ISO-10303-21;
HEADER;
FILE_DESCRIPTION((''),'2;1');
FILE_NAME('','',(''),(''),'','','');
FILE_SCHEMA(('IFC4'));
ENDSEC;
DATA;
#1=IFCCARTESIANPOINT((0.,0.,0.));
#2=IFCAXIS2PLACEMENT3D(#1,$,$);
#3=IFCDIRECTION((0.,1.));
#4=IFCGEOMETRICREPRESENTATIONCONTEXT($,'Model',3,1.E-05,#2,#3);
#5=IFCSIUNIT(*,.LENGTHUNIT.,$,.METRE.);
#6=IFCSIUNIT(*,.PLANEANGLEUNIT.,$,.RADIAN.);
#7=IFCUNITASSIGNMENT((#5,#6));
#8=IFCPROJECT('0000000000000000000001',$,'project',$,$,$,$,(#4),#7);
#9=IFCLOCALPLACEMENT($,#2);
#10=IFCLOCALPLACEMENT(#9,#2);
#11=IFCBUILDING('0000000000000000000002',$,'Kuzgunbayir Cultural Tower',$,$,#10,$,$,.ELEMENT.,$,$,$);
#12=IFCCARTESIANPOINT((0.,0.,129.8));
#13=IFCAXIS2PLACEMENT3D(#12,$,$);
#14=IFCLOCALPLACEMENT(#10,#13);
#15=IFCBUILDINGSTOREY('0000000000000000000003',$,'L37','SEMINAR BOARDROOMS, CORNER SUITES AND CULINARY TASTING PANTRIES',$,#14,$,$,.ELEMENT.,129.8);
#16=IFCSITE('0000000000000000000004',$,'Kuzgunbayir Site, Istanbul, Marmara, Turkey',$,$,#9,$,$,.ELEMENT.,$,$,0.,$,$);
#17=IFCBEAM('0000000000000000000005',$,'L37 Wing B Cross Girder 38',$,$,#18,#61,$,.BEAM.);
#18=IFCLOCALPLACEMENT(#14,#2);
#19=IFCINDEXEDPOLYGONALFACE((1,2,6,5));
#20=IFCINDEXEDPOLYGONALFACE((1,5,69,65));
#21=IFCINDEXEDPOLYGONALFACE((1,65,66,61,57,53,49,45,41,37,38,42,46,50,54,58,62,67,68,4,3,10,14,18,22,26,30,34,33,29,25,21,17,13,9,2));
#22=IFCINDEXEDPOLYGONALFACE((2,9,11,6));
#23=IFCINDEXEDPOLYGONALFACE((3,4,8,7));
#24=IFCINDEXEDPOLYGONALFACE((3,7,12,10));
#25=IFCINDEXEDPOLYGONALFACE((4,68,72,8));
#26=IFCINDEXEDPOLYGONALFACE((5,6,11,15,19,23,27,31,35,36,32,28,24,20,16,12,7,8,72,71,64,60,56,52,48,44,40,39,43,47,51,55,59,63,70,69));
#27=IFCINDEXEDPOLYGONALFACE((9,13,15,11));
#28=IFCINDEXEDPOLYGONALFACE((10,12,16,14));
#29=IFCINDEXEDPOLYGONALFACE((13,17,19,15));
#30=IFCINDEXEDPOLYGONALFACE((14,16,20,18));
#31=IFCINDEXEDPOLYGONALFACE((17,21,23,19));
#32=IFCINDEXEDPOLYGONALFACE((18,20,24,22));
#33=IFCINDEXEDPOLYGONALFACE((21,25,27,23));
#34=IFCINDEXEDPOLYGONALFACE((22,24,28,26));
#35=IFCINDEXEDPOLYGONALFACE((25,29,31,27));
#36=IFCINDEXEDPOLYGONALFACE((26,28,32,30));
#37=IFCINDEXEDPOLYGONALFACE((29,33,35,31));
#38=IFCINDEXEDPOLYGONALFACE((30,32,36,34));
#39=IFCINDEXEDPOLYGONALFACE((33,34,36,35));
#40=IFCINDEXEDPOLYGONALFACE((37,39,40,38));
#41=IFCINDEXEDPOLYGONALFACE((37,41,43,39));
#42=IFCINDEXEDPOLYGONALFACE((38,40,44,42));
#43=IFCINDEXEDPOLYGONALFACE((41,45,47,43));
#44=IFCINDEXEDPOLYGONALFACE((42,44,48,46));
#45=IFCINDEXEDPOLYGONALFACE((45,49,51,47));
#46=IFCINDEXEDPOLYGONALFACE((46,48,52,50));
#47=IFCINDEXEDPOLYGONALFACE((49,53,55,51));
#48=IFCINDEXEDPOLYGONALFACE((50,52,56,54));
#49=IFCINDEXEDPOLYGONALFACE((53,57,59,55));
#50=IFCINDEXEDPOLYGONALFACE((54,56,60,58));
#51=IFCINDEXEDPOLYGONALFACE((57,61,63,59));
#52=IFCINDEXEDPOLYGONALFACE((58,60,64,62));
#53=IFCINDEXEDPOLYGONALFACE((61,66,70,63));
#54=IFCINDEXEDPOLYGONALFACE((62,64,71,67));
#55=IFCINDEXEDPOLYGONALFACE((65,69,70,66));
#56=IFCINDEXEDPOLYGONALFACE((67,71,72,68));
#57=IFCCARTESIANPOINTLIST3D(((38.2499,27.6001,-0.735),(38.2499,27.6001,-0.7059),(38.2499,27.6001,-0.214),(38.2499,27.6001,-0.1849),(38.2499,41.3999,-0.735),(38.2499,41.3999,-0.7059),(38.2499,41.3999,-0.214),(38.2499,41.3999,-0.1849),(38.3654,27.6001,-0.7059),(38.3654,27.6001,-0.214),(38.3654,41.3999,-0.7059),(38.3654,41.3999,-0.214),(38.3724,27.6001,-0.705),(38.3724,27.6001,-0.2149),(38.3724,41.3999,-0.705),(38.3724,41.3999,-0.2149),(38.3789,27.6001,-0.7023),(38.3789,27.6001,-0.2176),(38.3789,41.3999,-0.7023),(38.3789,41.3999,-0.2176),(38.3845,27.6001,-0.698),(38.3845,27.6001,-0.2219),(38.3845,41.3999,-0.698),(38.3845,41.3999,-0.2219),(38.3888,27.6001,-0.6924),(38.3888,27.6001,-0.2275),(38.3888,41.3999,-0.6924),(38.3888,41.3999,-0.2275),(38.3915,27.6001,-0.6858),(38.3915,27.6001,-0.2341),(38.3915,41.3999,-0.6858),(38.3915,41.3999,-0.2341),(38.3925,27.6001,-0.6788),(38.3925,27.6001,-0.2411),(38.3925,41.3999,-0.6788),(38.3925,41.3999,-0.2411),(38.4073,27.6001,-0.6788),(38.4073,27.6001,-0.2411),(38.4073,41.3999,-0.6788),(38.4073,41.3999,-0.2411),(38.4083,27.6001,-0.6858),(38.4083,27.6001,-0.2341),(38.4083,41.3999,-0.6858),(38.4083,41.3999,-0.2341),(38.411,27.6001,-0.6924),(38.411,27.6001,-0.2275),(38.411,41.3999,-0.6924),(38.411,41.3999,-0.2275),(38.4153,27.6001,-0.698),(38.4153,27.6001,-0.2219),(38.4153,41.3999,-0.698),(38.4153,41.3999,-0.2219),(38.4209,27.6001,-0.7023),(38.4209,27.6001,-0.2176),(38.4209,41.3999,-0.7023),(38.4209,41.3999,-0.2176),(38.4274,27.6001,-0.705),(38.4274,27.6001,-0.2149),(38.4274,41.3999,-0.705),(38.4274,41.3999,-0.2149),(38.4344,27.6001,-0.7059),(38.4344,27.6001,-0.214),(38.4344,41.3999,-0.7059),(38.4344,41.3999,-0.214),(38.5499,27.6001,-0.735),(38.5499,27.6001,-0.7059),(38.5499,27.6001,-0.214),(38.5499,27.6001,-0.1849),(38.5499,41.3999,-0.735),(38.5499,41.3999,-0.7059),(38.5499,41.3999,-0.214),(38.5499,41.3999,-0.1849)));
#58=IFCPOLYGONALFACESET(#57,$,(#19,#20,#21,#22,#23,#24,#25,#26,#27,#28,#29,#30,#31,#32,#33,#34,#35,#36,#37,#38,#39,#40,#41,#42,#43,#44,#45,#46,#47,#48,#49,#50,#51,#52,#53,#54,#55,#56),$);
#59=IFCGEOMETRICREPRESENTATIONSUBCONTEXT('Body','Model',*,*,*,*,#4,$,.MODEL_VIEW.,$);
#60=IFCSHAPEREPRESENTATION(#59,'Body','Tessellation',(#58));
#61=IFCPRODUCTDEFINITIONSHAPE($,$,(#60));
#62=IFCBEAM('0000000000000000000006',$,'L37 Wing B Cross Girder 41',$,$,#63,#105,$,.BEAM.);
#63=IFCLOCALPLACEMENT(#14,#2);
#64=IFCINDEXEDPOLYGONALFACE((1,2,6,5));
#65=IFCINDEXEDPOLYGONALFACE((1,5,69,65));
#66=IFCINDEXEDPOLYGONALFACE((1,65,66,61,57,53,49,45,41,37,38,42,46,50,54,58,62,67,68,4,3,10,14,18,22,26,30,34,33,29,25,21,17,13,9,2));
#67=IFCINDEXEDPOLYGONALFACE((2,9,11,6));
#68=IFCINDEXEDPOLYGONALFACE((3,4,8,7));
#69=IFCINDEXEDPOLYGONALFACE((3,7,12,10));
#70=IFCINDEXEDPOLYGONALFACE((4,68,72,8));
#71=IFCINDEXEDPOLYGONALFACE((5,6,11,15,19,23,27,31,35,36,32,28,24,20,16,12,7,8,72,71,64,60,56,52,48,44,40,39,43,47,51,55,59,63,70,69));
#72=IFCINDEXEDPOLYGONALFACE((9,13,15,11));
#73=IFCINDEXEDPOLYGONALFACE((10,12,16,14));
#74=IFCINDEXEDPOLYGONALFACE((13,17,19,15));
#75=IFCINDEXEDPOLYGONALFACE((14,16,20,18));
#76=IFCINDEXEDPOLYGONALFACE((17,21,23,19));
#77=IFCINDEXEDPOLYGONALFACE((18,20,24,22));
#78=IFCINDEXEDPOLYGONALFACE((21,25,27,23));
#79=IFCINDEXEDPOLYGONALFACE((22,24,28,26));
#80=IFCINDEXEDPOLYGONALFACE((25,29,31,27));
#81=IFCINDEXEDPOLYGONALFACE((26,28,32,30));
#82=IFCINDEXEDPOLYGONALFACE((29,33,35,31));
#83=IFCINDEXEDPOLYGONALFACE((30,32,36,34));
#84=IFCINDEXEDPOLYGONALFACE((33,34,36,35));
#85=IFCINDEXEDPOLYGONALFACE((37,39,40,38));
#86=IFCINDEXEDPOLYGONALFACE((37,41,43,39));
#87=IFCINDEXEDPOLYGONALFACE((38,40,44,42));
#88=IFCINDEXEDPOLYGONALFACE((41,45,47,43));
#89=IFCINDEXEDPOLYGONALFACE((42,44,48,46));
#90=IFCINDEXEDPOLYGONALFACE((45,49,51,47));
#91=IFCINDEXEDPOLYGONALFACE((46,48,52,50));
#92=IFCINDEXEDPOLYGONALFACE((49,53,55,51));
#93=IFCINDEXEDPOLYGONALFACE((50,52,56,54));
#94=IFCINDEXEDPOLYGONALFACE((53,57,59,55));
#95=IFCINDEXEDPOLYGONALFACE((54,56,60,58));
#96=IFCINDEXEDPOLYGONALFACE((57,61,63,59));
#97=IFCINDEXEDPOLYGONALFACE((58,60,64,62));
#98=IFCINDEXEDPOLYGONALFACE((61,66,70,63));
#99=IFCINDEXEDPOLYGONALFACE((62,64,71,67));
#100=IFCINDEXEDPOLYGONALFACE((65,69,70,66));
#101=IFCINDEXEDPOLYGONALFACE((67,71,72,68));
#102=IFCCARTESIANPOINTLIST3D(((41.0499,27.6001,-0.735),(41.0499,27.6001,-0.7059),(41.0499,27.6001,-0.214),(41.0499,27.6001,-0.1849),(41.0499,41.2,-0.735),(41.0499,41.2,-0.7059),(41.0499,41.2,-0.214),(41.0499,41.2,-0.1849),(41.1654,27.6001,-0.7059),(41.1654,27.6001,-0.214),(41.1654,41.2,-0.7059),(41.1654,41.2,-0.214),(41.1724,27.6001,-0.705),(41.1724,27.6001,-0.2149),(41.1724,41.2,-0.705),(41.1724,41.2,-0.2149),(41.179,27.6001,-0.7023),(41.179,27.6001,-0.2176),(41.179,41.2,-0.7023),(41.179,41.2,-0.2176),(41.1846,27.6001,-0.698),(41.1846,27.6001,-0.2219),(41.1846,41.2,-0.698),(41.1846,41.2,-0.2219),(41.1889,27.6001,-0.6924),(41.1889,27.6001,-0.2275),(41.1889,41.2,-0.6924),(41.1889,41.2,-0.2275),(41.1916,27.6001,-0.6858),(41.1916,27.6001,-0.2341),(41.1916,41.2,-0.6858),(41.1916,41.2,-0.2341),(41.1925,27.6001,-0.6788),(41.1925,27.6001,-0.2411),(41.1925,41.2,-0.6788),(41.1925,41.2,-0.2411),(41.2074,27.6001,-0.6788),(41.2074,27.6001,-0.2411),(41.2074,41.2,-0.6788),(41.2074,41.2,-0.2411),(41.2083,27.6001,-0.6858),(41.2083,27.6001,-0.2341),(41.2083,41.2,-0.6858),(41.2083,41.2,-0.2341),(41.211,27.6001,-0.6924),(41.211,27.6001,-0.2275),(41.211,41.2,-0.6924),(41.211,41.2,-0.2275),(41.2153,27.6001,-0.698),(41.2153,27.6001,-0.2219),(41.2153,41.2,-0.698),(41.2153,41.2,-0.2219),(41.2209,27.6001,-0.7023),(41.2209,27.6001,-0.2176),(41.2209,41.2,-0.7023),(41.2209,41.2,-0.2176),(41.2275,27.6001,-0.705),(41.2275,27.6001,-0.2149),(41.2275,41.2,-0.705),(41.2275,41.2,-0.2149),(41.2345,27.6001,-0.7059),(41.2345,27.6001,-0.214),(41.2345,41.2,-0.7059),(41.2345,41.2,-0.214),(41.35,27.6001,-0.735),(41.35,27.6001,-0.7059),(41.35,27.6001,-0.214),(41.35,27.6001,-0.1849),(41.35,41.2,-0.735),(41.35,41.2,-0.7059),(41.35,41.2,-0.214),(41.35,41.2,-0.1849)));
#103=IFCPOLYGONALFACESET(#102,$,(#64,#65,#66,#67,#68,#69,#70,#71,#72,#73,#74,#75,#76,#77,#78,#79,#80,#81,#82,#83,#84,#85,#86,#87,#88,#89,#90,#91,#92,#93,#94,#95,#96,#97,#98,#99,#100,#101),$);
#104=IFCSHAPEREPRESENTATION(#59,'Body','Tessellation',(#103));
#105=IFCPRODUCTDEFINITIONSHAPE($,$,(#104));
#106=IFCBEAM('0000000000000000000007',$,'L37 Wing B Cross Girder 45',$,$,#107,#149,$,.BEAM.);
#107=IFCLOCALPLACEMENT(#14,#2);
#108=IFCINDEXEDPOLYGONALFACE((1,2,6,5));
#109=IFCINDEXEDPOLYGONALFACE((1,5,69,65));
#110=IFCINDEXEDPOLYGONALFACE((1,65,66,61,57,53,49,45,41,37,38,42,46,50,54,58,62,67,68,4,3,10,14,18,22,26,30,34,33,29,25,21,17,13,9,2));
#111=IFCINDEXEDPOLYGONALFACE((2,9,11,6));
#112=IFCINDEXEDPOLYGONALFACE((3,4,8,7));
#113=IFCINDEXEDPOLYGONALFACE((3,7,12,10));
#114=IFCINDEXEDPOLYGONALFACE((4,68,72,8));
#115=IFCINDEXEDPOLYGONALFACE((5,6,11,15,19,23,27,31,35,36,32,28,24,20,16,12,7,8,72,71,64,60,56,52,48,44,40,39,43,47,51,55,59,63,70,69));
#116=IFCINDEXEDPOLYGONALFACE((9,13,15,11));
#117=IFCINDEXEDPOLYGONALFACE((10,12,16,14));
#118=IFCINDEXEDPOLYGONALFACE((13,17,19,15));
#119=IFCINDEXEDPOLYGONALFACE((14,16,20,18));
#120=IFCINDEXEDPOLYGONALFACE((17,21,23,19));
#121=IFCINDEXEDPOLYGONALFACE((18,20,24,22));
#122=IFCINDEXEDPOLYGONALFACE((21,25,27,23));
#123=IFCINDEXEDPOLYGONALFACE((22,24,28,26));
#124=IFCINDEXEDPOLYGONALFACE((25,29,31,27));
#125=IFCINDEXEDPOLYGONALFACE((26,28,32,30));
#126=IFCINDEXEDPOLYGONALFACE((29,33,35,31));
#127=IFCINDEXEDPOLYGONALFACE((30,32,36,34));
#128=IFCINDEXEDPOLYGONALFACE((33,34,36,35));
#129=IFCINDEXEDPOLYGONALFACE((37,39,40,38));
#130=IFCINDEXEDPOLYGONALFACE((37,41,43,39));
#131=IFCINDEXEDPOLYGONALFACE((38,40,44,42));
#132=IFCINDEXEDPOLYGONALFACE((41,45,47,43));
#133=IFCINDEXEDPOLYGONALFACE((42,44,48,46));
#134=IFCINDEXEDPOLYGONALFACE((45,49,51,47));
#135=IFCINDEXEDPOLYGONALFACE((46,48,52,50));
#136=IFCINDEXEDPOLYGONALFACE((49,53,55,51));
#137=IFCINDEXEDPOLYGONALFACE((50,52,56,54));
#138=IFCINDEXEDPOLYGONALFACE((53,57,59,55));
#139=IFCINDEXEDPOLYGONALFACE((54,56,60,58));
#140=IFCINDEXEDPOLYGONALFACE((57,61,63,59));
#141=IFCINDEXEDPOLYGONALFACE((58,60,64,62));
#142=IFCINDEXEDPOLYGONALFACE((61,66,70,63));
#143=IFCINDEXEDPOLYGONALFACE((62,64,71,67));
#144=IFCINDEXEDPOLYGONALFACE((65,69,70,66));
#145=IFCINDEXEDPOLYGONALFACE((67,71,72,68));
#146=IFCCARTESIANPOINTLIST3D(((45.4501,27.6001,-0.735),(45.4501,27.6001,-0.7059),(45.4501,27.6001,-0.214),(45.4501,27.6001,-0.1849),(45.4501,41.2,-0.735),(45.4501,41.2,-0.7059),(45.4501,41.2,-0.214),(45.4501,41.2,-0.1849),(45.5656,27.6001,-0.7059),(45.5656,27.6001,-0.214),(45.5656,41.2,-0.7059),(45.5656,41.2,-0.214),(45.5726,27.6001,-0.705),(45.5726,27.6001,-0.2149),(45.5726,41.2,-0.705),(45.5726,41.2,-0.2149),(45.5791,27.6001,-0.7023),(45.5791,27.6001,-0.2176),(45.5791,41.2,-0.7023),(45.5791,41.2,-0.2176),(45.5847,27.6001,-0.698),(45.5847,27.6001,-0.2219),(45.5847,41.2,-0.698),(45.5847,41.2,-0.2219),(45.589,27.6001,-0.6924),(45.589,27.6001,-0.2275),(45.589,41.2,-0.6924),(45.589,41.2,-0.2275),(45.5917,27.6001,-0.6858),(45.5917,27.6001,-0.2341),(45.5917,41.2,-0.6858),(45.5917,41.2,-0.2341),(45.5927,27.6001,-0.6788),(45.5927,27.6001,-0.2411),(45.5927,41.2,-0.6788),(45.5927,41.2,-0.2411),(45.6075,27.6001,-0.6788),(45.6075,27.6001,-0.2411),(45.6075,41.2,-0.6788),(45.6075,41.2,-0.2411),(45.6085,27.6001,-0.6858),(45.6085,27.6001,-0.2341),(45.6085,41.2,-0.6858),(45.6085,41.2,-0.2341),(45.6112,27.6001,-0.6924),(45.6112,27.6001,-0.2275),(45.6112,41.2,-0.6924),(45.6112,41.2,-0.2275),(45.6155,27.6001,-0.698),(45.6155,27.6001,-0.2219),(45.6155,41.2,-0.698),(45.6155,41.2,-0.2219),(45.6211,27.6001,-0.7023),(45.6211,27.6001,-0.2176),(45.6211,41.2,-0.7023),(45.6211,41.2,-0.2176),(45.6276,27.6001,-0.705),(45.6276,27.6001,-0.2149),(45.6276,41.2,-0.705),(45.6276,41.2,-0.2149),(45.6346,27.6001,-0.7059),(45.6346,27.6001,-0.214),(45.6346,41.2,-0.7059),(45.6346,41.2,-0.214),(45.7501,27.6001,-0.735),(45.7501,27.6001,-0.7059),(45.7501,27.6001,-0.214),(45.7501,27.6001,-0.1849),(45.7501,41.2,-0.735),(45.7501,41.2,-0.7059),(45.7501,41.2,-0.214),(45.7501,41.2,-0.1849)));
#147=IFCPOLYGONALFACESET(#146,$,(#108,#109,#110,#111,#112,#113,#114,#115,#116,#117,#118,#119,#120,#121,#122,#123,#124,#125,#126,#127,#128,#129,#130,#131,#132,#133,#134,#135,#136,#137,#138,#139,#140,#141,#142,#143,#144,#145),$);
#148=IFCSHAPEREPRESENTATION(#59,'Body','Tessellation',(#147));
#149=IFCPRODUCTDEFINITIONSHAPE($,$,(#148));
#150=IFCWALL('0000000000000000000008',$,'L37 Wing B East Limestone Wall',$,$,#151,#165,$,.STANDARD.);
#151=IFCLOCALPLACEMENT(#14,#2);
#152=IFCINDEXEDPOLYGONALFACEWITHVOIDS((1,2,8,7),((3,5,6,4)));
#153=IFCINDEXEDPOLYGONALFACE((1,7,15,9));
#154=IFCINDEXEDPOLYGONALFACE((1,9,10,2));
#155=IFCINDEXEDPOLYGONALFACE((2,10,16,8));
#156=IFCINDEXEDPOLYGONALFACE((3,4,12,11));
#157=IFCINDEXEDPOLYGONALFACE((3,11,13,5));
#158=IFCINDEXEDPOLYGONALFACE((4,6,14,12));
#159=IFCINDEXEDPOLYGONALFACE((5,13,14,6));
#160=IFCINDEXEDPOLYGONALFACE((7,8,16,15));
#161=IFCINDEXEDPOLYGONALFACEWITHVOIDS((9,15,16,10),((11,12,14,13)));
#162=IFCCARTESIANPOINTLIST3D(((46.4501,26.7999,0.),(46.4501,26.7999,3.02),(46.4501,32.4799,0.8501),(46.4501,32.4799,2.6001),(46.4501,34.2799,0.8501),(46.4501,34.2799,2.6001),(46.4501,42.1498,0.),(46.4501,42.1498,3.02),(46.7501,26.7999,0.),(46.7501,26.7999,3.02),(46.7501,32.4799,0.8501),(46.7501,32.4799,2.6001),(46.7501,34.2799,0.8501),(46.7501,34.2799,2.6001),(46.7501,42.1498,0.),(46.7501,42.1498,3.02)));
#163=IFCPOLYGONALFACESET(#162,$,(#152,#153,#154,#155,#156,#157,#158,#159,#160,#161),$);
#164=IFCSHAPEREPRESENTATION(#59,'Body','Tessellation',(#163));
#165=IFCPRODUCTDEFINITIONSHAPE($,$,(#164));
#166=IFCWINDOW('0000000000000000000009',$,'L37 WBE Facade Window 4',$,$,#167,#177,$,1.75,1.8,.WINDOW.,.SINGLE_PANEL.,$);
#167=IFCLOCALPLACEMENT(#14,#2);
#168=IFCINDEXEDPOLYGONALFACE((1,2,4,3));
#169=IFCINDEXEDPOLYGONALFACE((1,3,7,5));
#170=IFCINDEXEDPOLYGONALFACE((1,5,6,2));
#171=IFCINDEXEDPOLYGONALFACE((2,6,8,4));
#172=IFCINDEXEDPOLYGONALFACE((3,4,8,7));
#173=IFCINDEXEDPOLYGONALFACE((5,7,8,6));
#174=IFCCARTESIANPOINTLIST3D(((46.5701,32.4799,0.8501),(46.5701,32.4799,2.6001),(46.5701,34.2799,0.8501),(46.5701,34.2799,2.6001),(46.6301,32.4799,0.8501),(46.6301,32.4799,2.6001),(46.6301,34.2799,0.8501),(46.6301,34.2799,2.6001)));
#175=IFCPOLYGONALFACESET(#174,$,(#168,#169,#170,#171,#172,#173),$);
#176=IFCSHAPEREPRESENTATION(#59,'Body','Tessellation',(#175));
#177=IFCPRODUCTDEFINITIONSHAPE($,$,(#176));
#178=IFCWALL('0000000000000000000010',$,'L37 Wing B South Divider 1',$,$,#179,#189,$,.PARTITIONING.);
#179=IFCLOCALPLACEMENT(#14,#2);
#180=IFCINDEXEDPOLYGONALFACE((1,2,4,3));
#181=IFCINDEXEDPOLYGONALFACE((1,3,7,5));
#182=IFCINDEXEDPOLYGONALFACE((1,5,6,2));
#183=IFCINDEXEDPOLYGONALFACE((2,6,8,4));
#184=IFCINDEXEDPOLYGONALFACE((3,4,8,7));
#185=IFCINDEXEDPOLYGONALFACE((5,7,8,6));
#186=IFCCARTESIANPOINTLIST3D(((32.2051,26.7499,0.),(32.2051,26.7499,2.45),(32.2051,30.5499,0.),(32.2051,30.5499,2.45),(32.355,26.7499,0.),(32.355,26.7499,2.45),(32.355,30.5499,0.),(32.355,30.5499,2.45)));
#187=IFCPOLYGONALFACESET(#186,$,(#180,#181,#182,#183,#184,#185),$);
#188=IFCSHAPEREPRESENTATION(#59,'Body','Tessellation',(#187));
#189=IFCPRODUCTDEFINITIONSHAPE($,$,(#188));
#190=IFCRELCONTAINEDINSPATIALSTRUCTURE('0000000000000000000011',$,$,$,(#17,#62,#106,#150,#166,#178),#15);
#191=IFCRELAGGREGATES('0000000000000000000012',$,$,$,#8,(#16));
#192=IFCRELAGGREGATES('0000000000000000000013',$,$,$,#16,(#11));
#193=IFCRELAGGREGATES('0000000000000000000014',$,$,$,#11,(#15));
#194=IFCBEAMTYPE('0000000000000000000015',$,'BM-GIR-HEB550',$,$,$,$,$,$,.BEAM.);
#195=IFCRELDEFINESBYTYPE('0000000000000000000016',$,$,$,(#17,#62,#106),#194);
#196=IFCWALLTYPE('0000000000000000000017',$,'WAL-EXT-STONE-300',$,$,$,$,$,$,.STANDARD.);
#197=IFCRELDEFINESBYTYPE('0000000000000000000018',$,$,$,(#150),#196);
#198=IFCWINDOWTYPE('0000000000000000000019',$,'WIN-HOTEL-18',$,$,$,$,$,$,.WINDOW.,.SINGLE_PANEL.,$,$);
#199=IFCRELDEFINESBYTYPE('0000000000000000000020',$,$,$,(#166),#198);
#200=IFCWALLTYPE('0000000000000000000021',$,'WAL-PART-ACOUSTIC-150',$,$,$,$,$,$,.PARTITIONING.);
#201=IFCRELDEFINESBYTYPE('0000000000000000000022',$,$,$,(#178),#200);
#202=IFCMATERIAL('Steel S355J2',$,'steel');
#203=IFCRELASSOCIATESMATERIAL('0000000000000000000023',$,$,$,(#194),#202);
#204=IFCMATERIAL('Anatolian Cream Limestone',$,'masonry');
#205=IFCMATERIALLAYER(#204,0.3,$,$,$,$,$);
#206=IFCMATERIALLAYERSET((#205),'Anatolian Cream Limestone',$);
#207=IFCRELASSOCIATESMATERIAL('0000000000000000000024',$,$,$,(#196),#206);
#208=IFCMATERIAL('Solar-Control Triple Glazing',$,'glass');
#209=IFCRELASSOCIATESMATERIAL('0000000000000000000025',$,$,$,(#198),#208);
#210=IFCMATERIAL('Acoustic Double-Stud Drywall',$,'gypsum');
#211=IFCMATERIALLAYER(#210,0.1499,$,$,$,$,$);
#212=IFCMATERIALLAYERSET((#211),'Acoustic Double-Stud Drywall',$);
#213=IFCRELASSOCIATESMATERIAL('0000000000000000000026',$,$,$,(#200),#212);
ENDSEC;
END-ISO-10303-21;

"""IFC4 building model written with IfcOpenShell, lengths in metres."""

from ifc_helpers import new_model, si_unit, direction, frame, frame_2d, origin, origin_2d, place, context, subcontext, project, spatial, rectangle, i_section, extrude, material, layer, layer_set, material_profile, profile_set, type_object, element, fill, save


model = new_model("IFC4")

# Units and contexts
model_context = context("Model", 3, precision=1e-05, world=origin(), true_north=direction((0.0, 1.0)))
body_context = subcontext(model_context, "Body", "Model", "MODEL_VIEW")
ifc_project = project(units=[si_unit("LENGTHUNIT", "METRE"), si_unit("PLANEANGLEUNIT", "RADIAN")], contexts=[model_context])

# Site, building, storey
site_placement = place(None, origin())
site = spatial("IfcSite", under=ifc_project, at=site_placement, Name="Kuzgunbayir Site, Istanbul, Marmara, Turkey", CompositionType="ELEMENT", RefElevation=0.0)
building_placement = place(site_placement, origin())
building = spatial("IfcBuilding", under=site, at=building_placement, Name="Kuzgunbayir Cultural Tower", CompositionType="ELEMENT")
storey_placement = place(building_placement, frame((0.0, 0.0, 129.8)))
storey = spatial("IfcBuildingStorey", under=building, at=storey_placement, Name="L37", Description="SEMINAR BOARDROOMS, CORNER SUITES AND CULINARY TASTING PANTRIES", CompositionType="ELEMENT", Elevation=129.8)

# Beams
ifc_material_1 = material(Name="Steel S355J2", Category="steel")
ifc_material_profile_1 = material_profile(ifc_material_1, i_section(OverallWidth=0.3, OverallDepth=0.55, WebThickness=0.0149, FlangeThickness=0.0291, FilletRadius=0.0271, at=origin_2d()), Name="HEB 550")
ifc_profile_set_1 = profile_set([ifc_material_profile_1], Name="Steel S355J2")
beam_type_1 = type_object("IfcBeamType", Name="BM-GIR-HEB550", PredefinedType="BEAM", material=ifc_profile_set_1)
beam_1_placement = place(storey_placement, frame((38.3999, 27.6001, -0.46), z_axis=(0.0, 1.0, 0.0), x_axis=(-1.0, 0.0, 0.0)))
element("IfcBeam", 1, at=beam_1_placement, inside=storey, type_object=beam_type_1, Name="L37 Wing B Cross Girder 38", PredefinedType="BEAM", context=body_context, shape_type="SweptSolid", body=[
    extrude(i_section(OverallWidth=0.3, OverallDepth=0.55, WebThickness=0.0149, FlangeThickness=0.0291, FilletRadius=0.0271, at=origin_2d()), origin(), (0.0, 0.0, 1.0), 13.7998),
])
for number, where, z_axis, x_axis, name in (
    (2, (41.2, 27.6001, -0.46), (0.0, 1.0, 0.0), (-1.0, 0.0, 0.0), "L37 Wing B Cross Girder 41"),
    (3, (45.6001, 27.6001, -0.46), (0.0, 1.0, 0.0), (-1.0, 0.0, 0.0), "L37 Wing B Cross Girder 45"),
):
    element("IfcBeam", number, at=place(storey_placement, frame(where, z_axis=z_axis, x_axis=x_axis)), inside=storey, type_object=beam_type_1, Name=name, PredefinedType="BEAM", context=body_context, shape_type="SweptSolid", body=[
        extrude(i_section(OverallWidth=0.3, OverallDepth=0.55, WebThickness=0.0149, FlangeThickness=0.0291, FilletRadius=0.0271, at=origin_2d()), origin(), (0.0, 0.0, 1.0), 13.5999),
    ])

# Wall, opening, window
ifc_material_2 = material(Name="Anatolian Cream Limestone", Category="masonry")
ifc_layer_1 = layer(ifc_material_2, 0.3)
ifc_layer_set_1 = layer_set([ifc_layer_1], Name="Anatolian Cream Limestone")
wall_type_1 = type_object("IfcWallType", Name="WAL-EXT-STONE-300", PredefinedType="STANDARD", material=ifc_layer_set_1)
wall_1_placement = place(storey_placement, frame((46.6001, 26.8, 0.0), z_axis=(0.0, 0.0, 1.0), x_axis=(0.0, 1.0, 0.0)))
wall_1 = element("IfcWall", 4, at=wall_1_placement, inside=storey, type_object=wall_type_1, Name="L37 Wing B East Limestone Wall", PredefinedType="STANDARD", context=body_context, shape_type="SweptSolid", body=[
    extrude(rectangle(XDim=15.3499, YDim=0.3, at=frame_2d((7.6748, 0.0))), origin(), (0.0, 0.0, 1.0), 3.02),
])
opening_1_placement = place(wall_1_placement, frame((5.6799, 0.0, 0.8501)))
opening_1 = element("IfcOpeningElement", 5, at=opening_1_placement, cuts=wall_1, PredefinedType="OPENING", context=body_context, shape_type="SweptSolid", body=[
    extrude(rectangle(XDim=1.8, YDim=1.75, at=frame_2d((0.8999, 0.875))), frame((0.0, 0.1602, 0.0), z_axis=(0.0, -1.0, 0.0), x_axis=(1.0, 0.0, 0.0)), (0.0, 0.0, 1.0), 0.3201),
])
ifc_material_3 = material(Name="Solar-Control Triple Glazing", Category="glass")
window_type = type_object("IfcWindowType", Name="WIN-HOTEL-18", PartitioningType="SINGLE_PANEL", PredefinedType="WINDOW", material=ifc_material_3)
window_placement = place(opening_1_placement, origin())
window = element("IfcWindow", 6, at=window_placement, inside=storey, type_object=window_type, Name="L37 WBE Facade Window 4", OverallHeight=1.75, OverallWidth=1.8, PartitioningType="SINGLE_PANEL", PredefinedType="WINDOW", context=body_context, shape_type="SweptSolid", body=[
    extrude(rectangle(XDim=1.8, YDim=1.75, at=frame_2d((0.8999, 0.875))), frame((0.0, 0.03, 0.0), z_axis=(0.0, -1.0, 0.0), x_axis=(1.0, 0.0, 0.0)), (0.0, 0.0, 1.0), 0.0601),
])
fill(opening_1, window)

# Wall
ifc_material_4 = material(Name="Acoustic Double-Stud Drywall", Category="gypsum")
ifc_layer_2 = layer(ifc_material_4, 0.1499)
ifc_layer_set_2 = layer_set([ifc_layer_2], Name="Acoustic Double-Stud Drywall")
wall_type_2 = type_object("IfcWallType", Name="WAL-PART-ACOUSTIC-150", PredefinedType="PARTITIONING", material=ifc_layer_set_2)
for number, where, z_axis, x_axis, name in (
    (7, (32.28, 26.75, 0.0), (0.0, 0.0, 1.0), (0.0, 1.0, 0.0), "L37 Wing B South Divider 1"),
):
    element("IfcWall", number, at=place(storey_placement, frame(where, z_axis=z_axis, x_axis=x_axis)), inside=storey, type_object=wall_type_2, Name=name, PredefinedType="PARTITIONING", context=body_context, shape_type="SweptSolid", body=[
        extrude(rectangle(XDim=3.8, YDim=0.1499, at=frame_2d((1.8999, 0.0))), origin(), (0.0, 0.0, 1.0), 2.45),
    ])

save(model, "model.ifc")
